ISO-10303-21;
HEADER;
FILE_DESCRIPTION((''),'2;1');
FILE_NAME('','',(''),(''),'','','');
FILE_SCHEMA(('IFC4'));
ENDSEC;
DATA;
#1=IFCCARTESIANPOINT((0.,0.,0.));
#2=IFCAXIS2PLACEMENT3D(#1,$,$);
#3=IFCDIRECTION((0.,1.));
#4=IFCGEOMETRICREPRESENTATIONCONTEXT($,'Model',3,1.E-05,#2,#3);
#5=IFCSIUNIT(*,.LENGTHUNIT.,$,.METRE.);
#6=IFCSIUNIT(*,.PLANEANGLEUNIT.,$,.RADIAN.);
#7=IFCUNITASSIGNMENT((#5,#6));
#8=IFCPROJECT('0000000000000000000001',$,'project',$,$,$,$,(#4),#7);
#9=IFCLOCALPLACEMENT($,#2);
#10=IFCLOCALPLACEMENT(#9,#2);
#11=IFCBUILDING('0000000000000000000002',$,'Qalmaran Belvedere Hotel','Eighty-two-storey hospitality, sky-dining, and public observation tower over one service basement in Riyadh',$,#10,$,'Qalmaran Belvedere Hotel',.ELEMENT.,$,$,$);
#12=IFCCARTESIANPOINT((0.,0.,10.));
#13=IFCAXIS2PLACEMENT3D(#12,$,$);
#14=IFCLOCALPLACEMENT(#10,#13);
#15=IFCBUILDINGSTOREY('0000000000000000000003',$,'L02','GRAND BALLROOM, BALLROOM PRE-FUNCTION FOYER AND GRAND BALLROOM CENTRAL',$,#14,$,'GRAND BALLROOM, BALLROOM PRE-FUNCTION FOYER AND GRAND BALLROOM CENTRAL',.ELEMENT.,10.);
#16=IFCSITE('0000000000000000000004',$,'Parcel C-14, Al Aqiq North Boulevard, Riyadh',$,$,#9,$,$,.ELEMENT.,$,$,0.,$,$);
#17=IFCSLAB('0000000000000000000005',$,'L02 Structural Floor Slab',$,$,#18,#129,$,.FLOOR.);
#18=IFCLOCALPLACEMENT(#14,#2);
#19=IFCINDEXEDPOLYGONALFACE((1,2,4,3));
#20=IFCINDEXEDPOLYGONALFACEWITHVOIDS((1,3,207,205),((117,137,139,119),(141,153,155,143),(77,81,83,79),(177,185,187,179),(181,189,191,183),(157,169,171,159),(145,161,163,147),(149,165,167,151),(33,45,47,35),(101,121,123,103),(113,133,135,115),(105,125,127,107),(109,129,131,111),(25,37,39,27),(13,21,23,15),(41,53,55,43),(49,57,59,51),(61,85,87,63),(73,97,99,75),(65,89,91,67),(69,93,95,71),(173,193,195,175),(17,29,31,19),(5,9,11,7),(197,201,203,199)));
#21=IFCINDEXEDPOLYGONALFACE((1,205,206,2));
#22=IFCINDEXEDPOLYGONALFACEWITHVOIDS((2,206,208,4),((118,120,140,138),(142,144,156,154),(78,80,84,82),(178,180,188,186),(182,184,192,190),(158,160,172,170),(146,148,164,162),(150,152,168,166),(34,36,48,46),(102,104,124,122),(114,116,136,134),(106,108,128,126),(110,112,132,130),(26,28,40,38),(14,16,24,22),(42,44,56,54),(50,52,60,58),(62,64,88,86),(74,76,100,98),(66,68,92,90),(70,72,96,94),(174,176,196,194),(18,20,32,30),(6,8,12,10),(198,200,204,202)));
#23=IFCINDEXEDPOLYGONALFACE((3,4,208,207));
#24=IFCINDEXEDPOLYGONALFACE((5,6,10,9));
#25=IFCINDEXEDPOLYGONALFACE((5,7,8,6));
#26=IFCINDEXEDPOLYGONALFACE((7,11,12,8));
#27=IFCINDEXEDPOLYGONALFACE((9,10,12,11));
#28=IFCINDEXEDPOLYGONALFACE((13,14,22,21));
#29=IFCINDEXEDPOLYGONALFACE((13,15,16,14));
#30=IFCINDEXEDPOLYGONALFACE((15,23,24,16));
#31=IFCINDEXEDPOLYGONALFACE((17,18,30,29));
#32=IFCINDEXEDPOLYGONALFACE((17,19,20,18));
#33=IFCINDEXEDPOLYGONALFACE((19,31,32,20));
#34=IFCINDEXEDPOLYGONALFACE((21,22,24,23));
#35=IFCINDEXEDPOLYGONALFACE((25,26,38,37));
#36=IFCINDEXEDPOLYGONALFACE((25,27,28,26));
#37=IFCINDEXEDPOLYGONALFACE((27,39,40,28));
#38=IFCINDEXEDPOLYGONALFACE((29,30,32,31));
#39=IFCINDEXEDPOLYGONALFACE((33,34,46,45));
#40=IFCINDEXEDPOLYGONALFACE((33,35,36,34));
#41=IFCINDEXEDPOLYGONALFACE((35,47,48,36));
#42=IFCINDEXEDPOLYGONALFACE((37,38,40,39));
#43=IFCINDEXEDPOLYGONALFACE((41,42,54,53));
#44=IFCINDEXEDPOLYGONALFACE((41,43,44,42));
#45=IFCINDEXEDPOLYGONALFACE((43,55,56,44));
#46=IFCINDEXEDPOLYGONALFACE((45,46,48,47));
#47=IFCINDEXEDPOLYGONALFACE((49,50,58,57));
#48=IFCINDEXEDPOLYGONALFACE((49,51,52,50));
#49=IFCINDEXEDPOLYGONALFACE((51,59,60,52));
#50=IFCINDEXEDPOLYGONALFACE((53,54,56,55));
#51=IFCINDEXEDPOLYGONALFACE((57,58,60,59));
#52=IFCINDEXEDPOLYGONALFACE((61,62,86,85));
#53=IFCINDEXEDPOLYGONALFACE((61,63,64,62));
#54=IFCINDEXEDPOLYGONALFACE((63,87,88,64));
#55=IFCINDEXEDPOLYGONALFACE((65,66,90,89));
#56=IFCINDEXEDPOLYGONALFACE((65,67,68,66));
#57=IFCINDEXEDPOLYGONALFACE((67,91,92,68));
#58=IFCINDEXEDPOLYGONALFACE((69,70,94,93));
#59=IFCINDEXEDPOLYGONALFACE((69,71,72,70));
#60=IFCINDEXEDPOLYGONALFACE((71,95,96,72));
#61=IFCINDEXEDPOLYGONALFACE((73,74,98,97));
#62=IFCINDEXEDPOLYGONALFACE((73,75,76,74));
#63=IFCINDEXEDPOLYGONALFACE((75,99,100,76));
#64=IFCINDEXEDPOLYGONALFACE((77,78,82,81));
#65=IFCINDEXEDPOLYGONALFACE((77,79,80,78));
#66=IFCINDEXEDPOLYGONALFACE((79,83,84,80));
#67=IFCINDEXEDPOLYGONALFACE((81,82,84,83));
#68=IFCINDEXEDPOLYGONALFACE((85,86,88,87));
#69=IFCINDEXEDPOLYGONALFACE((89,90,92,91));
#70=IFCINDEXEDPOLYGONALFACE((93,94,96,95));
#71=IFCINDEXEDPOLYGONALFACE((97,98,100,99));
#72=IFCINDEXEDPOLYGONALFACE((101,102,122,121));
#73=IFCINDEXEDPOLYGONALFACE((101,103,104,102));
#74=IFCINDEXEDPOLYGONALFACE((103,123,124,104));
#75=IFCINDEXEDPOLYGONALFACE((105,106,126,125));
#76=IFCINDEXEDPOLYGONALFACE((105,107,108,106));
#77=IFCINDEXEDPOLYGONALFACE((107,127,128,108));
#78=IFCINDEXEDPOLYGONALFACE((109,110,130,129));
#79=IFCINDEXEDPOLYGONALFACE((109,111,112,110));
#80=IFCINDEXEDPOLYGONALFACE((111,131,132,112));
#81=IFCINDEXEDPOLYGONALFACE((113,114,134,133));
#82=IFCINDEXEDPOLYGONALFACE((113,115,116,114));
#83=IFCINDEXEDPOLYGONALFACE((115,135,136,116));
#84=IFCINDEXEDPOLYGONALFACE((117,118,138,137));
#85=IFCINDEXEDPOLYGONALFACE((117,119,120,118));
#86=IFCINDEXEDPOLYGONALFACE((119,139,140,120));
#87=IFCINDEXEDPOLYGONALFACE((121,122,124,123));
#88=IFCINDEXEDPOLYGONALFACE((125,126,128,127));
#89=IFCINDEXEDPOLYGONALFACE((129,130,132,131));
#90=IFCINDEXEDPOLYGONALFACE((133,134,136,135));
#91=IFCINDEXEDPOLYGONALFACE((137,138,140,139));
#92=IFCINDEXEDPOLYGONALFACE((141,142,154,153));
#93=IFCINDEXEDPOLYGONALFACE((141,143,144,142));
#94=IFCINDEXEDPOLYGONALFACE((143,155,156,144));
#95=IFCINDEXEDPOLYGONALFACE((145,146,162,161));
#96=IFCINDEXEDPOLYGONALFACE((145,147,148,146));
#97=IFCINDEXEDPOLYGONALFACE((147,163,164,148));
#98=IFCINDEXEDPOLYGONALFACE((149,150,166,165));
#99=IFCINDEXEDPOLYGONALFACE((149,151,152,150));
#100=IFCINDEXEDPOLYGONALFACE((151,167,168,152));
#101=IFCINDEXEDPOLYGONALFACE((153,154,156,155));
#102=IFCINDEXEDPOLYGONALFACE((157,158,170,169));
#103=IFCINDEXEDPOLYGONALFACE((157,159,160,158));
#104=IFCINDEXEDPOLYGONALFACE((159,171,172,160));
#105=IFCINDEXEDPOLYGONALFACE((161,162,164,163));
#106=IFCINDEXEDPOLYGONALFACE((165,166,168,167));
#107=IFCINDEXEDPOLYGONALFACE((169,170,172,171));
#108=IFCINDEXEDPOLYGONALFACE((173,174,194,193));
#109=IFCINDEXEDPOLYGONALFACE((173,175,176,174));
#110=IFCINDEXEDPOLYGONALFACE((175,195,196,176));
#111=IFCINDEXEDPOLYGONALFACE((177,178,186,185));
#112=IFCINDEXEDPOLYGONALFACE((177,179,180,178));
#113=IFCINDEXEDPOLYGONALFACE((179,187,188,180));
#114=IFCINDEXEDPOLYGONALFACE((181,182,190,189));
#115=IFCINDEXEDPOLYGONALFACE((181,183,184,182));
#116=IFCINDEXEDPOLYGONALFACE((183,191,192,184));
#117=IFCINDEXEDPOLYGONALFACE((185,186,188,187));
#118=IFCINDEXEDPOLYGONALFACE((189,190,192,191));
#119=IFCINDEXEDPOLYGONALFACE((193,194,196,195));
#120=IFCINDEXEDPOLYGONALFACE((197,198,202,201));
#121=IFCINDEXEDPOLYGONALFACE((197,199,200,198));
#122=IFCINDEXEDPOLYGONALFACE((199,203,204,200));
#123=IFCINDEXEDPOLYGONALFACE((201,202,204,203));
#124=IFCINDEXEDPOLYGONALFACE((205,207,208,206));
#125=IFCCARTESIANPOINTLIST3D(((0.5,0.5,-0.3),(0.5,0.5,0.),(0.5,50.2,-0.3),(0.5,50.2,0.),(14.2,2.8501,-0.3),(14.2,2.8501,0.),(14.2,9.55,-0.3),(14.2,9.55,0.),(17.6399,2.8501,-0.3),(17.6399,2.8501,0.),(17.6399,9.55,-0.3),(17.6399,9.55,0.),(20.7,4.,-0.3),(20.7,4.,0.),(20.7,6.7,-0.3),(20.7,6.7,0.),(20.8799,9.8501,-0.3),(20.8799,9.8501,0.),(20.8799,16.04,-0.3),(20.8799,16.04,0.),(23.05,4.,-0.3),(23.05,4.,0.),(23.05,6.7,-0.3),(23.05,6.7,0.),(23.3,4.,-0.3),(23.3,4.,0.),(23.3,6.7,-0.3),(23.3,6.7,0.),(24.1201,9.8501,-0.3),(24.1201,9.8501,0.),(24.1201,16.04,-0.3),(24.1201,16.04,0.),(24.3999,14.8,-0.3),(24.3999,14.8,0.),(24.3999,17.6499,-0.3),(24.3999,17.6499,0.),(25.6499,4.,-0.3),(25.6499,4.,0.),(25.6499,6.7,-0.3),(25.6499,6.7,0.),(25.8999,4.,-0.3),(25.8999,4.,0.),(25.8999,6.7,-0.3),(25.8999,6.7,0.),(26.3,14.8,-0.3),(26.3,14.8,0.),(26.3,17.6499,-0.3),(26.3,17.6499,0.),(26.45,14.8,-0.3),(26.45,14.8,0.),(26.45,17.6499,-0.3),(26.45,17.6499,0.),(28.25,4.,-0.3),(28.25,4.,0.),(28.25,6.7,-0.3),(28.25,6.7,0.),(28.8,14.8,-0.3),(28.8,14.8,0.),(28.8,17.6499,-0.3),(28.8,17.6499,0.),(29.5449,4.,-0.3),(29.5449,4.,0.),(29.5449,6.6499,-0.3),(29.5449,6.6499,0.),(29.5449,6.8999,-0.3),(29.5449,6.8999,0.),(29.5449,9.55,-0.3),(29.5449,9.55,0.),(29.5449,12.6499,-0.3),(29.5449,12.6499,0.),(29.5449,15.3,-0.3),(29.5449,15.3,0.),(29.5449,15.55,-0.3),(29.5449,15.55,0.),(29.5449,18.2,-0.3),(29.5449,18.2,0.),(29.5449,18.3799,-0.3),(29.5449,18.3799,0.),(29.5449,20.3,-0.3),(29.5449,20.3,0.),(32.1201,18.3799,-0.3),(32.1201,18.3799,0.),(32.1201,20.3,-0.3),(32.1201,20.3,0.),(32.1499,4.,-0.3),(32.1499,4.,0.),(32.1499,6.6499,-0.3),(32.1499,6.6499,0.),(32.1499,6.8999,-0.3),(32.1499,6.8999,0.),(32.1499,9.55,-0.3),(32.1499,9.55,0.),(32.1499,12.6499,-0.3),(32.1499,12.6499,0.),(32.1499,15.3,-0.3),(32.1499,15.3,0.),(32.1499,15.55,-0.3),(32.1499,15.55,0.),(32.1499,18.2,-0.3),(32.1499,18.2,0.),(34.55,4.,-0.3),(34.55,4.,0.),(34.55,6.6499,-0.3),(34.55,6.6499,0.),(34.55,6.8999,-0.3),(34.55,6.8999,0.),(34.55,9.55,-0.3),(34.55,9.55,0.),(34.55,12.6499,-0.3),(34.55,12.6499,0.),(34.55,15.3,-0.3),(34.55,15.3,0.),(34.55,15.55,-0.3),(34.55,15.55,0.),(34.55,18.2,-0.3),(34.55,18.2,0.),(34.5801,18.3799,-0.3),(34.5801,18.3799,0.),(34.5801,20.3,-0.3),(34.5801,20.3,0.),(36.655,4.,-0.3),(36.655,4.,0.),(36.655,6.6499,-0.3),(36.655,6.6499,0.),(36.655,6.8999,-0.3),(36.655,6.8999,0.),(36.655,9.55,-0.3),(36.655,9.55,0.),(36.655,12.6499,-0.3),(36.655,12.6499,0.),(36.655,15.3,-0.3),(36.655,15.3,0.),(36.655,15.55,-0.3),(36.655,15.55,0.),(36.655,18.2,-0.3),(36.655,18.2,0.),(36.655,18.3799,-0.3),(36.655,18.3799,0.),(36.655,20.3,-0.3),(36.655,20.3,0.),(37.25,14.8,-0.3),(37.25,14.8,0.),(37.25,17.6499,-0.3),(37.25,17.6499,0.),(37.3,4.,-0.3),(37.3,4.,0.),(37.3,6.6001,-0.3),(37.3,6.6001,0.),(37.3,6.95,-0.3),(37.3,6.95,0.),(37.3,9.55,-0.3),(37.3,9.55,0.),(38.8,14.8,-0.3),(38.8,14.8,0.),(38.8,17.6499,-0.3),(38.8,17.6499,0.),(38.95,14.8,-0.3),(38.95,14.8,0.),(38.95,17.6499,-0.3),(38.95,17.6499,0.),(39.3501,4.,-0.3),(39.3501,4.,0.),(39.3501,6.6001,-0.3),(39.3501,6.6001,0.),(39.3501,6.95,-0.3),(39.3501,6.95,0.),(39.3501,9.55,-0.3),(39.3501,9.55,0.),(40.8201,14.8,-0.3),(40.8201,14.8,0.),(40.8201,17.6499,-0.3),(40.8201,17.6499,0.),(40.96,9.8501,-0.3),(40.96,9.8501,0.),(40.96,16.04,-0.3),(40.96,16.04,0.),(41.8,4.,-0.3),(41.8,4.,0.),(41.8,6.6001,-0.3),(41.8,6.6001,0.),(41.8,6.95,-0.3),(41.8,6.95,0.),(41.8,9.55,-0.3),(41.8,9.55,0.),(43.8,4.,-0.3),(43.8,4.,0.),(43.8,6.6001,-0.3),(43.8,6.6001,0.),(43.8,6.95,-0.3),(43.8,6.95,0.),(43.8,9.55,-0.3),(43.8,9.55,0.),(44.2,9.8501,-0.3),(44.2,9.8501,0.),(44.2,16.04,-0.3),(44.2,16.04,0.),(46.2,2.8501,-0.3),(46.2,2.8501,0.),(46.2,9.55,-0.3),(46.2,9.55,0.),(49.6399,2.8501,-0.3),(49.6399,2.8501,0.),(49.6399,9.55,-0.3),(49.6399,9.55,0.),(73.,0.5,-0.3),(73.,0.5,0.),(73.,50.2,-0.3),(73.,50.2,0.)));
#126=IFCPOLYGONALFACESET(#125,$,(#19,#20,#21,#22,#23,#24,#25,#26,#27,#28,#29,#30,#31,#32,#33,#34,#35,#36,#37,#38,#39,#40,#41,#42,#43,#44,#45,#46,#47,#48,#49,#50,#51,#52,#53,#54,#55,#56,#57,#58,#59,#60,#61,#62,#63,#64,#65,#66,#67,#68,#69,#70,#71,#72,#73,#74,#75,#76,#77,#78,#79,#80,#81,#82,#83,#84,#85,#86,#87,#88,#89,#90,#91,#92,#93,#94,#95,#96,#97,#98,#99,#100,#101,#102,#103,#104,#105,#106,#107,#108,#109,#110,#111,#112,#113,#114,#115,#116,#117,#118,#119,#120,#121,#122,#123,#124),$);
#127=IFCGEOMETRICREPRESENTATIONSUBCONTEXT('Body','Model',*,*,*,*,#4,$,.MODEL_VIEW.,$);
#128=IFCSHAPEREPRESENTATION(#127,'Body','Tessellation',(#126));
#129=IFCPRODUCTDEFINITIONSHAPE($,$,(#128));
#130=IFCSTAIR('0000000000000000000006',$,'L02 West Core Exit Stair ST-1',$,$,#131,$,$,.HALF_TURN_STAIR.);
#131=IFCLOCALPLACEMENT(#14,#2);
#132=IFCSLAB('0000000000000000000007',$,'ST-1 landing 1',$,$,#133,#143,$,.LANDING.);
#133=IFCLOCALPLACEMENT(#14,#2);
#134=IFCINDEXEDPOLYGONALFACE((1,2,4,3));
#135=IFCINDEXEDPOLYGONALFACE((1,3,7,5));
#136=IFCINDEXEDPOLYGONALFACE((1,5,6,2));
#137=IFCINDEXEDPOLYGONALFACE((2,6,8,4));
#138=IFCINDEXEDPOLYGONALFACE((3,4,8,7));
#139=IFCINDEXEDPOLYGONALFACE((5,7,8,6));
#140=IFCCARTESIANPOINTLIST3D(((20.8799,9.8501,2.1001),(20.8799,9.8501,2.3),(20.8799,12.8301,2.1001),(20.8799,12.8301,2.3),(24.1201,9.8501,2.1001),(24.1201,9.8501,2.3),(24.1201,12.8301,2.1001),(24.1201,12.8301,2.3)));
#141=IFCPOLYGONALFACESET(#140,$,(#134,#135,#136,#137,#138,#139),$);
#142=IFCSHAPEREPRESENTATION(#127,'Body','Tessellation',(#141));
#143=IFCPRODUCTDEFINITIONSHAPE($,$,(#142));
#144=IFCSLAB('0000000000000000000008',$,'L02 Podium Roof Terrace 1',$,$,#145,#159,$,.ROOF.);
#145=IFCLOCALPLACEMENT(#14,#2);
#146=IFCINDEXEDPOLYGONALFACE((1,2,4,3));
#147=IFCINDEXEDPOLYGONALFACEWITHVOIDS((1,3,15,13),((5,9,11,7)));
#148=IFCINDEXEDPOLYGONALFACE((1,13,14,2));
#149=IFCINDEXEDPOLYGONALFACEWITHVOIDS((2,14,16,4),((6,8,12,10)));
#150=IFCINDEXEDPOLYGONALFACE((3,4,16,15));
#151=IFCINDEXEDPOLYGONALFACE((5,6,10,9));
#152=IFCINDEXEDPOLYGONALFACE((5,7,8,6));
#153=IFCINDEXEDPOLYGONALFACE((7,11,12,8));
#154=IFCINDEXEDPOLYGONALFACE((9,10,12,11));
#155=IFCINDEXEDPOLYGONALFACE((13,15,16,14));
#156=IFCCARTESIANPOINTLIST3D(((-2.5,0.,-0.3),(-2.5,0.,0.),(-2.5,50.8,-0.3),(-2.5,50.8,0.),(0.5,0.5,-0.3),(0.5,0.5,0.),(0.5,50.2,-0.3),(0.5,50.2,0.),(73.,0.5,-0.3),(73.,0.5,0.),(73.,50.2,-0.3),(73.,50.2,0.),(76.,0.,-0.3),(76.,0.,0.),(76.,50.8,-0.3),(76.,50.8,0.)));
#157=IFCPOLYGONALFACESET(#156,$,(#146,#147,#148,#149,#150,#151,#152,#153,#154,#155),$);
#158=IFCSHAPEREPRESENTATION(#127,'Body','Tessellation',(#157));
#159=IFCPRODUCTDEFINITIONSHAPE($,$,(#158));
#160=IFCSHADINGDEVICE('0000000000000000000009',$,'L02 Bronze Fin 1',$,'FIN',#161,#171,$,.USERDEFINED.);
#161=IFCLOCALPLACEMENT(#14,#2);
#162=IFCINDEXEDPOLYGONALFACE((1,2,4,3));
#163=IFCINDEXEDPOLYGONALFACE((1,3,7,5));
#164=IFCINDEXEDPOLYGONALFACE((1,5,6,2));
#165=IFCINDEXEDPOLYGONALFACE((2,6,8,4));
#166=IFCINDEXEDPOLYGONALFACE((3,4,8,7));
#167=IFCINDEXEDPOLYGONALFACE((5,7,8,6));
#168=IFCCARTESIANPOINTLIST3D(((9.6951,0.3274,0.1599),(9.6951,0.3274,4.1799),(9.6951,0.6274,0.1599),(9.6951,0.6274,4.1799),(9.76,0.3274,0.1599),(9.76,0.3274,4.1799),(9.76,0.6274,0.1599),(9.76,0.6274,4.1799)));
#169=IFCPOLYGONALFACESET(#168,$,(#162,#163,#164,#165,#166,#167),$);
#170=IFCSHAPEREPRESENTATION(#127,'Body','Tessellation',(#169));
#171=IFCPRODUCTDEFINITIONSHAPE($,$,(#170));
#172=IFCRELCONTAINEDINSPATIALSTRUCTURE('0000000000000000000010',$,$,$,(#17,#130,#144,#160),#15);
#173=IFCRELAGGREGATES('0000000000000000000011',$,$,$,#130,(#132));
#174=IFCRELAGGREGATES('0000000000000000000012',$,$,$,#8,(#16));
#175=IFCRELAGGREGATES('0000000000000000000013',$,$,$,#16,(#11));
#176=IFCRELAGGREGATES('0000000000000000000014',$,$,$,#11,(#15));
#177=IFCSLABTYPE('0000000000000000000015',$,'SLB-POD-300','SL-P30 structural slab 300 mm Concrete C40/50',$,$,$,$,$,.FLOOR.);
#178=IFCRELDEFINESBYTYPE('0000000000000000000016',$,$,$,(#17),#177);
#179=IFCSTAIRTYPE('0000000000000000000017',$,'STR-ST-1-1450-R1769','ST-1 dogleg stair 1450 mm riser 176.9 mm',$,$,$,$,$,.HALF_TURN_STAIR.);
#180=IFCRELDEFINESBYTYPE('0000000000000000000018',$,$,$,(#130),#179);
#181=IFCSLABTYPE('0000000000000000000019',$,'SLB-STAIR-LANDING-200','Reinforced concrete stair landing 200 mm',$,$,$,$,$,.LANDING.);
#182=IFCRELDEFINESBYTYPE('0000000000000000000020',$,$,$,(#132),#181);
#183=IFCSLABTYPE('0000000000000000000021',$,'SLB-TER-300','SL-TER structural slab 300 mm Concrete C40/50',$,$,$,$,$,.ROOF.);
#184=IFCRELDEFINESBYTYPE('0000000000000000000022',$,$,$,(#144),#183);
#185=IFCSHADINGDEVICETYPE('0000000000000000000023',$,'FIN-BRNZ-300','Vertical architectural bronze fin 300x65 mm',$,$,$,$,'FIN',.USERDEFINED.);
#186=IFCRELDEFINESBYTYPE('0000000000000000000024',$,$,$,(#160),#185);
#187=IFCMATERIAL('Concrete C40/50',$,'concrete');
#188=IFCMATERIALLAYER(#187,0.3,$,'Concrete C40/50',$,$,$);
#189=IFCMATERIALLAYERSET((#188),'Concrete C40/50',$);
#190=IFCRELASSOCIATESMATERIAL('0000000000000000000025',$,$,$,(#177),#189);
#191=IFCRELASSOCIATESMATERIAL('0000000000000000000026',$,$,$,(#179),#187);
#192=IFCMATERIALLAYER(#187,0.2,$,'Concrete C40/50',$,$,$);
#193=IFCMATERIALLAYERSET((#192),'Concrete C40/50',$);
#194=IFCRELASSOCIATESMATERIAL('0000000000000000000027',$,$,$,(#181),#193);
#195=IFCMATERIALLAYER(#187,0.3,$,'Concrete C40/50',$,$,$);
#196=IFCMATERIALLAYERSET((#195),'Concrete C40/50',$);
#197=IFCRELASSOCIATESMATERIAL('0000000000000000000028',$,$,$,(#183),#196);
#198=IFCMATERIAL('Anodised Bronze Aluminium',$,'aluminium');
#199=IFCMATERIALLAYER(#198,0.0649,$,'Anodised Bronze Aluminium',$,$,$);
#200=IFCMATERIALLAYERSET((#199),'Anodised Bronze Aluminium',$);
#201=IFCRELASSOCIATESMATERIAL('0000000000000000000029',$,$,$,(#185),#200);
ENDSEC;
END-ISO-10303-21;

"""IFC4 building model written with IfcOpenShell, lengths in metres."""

from ifc_helpers import new_model, si_unit, direction, frame, origin, place, context, subcontext, project, spatial, polyline, outline, extrude, material, layer, layer_set, type_object, element, aggregate, save


model = new_model("IFC4")

# Units and contexts
model_context = context("Model", 3, precision=1e-05, world=origin(), true_north=direction((0.0, 1.0)))
body_context = subcontext(model_context, "Body", "Model", "MODEL_VIEW")
ifc_project = project(units=[si_unit("LENGTHUNIT", "METRE"), si_unit("PLANEANGLEUNIT", "RADIAN")], contexts=[model_context])

# Site, building, storey
site_placement = place(None, origin())
site = spatial("IfcSite", under=ifc_project, at=site_placement, Name="Parcel C-14, Al Aqiq North Boulevard, Riyadh", CompositionType="ELEMENT", RefElevation=0.0)
building_placement = place(site_placement, origin())
building = spatial("IfcBuilding", under=site, at=building_placement, Name="Qalmaran Belvedere Hotel", Description="Eighty-two-storey hospitality, sky-dining, and public observation tower over one service basement in Riyadh", LongName="Qalmaran Belvedere Hotel", CompositionType="ELEMENT")
storey_placement = place(building_placement, frame((0.0, 0.0, 10.0)))
storey = spatial("IfcBuildingStorey", under=building, at=storey_placement, Name="L02", Description="GRAND BALLROOM, BALLROOM PRE-FUNCTION FOYER AND GRAND BALLROOM CENTRAL", LongName="GRAND BALLROOM, BALLROOM PRE-FUNCTION FOYER AND GRAND BALLROOM CENTRAL", CompositionType="ELEMENT", Elevation=10.0)

# Slab
ifc_material_1 = material(Name="Concrete C40/50", Category="concrete")
ifc_layer_1 = layer(ifc_material_1, 0.3, Name="Concrete C40/50")
ifc_layer_set_1 = layer_set([ifc_layer_1], Name="Concrete C40/50")
slab_type_1 = type_object("IfcSlabType", Name="SLB-POD-300", Description="SL-P30 structural slab 300 mm Concrete C40/50", PredefinedType="FLOOR", material=ifc_layer_set_1)
slab_1_placement = place(storey_placement, frame((0.0, 0.0, -0.3)))
element("IfcSlab", 1, at=slab_1_placement, inside=storey, type_object=slab_type_1, Name="L02 Structural Floor Slab", PredefinedType="FLOOR", context=body_context, shape_type="SweptSolid", body=[
    extrude(outline(polyline([(0.5, 0.5), (73.0, 0.5), (73.0, 50.2), (0.5, 50.2), (0.5, 0.5)]), holes=[polyline([(20.8799, 9.8501), (24.1201, 9.8501), (24.1201, 16.04), (20.8799, 16.04), (20.8799, 9.8501)]), polyline([(40.96, 9.8501), (44.2, 9.8501), (44.2, 16.04), (40.96, 16.04), (40.96, 9.8501)]), polyline([(14.2, 2.8501), (17.6399, 2.8501), (17.6399, 9.55), (14.2, 9.55), (14.2, 2.8501)]), polyline([(46.2, 2.8501), (49.6399, 2.8501), (49.6399, 9.55), (46.2, 9.55), (46.2, 2.8501)]), polyline([(29.5449, 4.0), (32.1499, 4.0), (32.1499, 6.6499), (29.5449, 6.6499), (29.5449, 4.0)]), polyline([(29.5449, 6.8999), (32.1499, 6.8999), (32.1499, 9.55), (29.5449, 9.55), (29.5449, 6.8999)]), polyline([(34.55, 4.0), (36.655, 4.0), (36.655, 6.6499), (34.55, 6.6499), (34.55, 4.0)]), polyline([(34.55, 6.8999), (36.655, 6.8999), (36.655, 9.55), (34.55, 9.55), (34.55, 6.8999)]), polyline([(29.5449, 12.6499), (32.1499, 12.6499), (32.1499, 15.3), (29.5449, 15.3), (29.5449, 12.6499)]), polyline([(29.5449, 15.55), (32.1499, 15.55), (32.1499, 18.2), (29.5449, 18.2), (29.5449, 15.55)]), polyline([(34.55, 12.6499), (36.655, 12.6499), (36.655, 15.3), (34.55, 15.3), (34.55, 12.6499)]), polyline([(34.55, 15.55), (36.655, 15.55), (36.655, 18.2), (34.55, 18.2), (34.55, 15.55)]), polyline([(37.3, 4.0), (39.3501, 4.0), (39.3501, 6.6001), (37.3, 6.6001), (37.3, 4.0)]), polyline([(37.3, 6.95), (39.3501, 6.95), (39.3501, 9.55), (37.3, 9.55), (37.3, 6.95)]), polyline([(41.8, 4.0), (43.8, 4.0), (43.8, 6.6001), (41.8, 6.6001), (41.8, 4.0)]), polyline([(41.8, 6.95), (43.8, 6.95), (43.8, 9.55), (41.8, 9.55), (41.8, 6.95)]), polyline([(20.7, 4.0), (23.05, 4.0), (23.05, 6.7), (20.7, 6.7), (20.7, 4.0)]), polyline([(23.3, 4.0), (25.6499, 4.0), (25.6499, 6.7), (23.3, 6.7), (23.3, 4.0)]), polyline([(25.8999, 4.0), (28.25, 4.0), (28.25, 6.7), (25.8999, 6.7), (25.8999, 4.0)]), polyline([(24.3999, 14.8), (26.3, 14.8), (26.3, 17.6499), (24.3999, 17.6499), (24.3999, 14.8)]), polyline([(38.95, 14.8), (40.8201, 14.8), (40.8201, 17.6499), (38.95, 17.6499), (38.95, 14.8)]), polyline([(26.45, 14.8), (28.8, 14.8), (28.8, 17.6499), (26.45, 17.6499), (26.45, 14.8)]), polyline([(37.25, 14.8), (38.8, 14.8), (38.8, 17.6499), (37.25, 17.6499), (37.25, 14.8)]), polyline([(29.5449, 18.3799), (32.1201, 18.3799), (32.1201, 20.3), (29.5449, 20.3), (29.5449, 18.3799)]), polyline([(34.5801, 18.3799), (36.655, 18.3799), (36.655, 20.3), (34.5801, 20.3), (34.5801, 18.3799)])]), origin(), (0.0, 0.0, 1.0), 0.3),
])

# Stair, slab
stair_type = type_object("IfcStairType", Name="STR-ST-1-1450-R1769", Description="ST-1 dogleg stair 1450 mm riser 176.9 mm", PredefinedType="HALF_TURN_STAIR", material=ifc_material_1)
stair_placement = place(storey_placement, origin())
stair = element("IfcStair", 2, at=stair_placement, inside=storey, type_object=stair_type, Name="L02 West Core Exit Stair ST-1", PredefinedType="HALF_TURN_STAIR")
ifc_layer_2 = layer(ifc_material_1, 0.2, Name="Concrete C40/50")
ifc_layer_set_2 = layer_set([ifc_layer_2], Name="Concrete C40/50")
slab_type_2 = type_object("IfcSlabType", Name="SLB-STAIR-LANDING-200", Description="Reinforced concrete stair landing 200 mm", PredefinedType="LANDING", material=ifc_layer_set_2)
slab_2_placement = place(storey_placement, frame((0.0, 0.0, 2.1001)))
slab_2 = element("IfcSlab", 3, at=slab_2_placement, type_object=slab_type_2, Name="ST-1 landing 1", PredefinedType="LANDING", context=body_context, shape_type="SweptSolid", body=[
    extrude(outline(polyline([(20.8799, 12.8301), (20.8799, 9.8501), (24.1201, 9.8501), (24.1201, 12.8301), (20.8799, 12.8301)])), origin(), (0.0, 0.0, 1.0), 0.2),
])
aggregate(stair, [slab_2])

# Slab
ifc_layer_3 = layer(ifc_material_1, 0.3, Name="Concrete C40/50")
ifc_layer_set_3 = layer_set([ifc_layer_3], Name="Concrete C40/50")
slab_type_3 = type_object("IfcSlabType", Name="SLB-TER-300", Description="SL-TER structural slab 300 mm Concrete C40/50", PredefinedType="ROOF", material=ifc_layer_set_3)
slab_3_placement = place(storey_placement, frame((0.0, 0.0, -0.3)))
element("IfcSlab", 4, at=slab_3_placement, inside=storey, type_object=slab_type_3, Name="L02 Podium Roof Terrace 1", PredefinedType="ROOF", context=body_context, shape_type="SweptSolid", body=[
    extrude(outline(polyline([(-2.5, 50.8), (76.0, 50.8), (76.0, 0.0), (-2.5, 0.0), (-2.5, 50.8)]), holes=[polyline([(73.0, 0.5), (73.0, 50.2), (0.5, 50.2), (0.5, 0.5), (73.0, 0.5)])]), origin(), (0.0, 0.0, 1.0), 0.3),
])

# Shading device
ifc_material_2 = material(Name="Anodised Bronze Aluminium", Category="aluminium")
ifc_layer_4 = layer(ifc_material_2, 0.0649, Name="Anodised Bronze Aluminium")
ifc_layer_set_4 = layer_set([ifc_layer_4], Name="Anodised Bronze Aluminium")
shading_device_type = type_object("IfcShadingDeviceType", Name="FIN-BRNZ-300", Description="Vertical architectural bronze fin 300x65 mm", ElementType="FIN", PredefinedType="USERDEFINED", material=ifc_layer_set_4)
shading_device_1_placement = place(storey_placement, frame((0.0, 0.0, 0.1599)))
element("IfcShadingDevice", 5, at=shading_device_1_placement, inside=storey, type_object=shading_device_type, Name="L02 Bronze Fin 1", ObjectType="FIN", PredefinedType="USERDEFINED", context=body_context, shape_type="SweptSolid", body=[
    extrude(outline(polyline([(9.6951, 0.6274), (9.6951, 0.3274), (9.76, 0.3274), (9.76, 0.6274), (9.6951, 0.6274)])), origin(), (0.0, 0.0, 1.0), 4.02),
])

save(model, "model.ifc")
